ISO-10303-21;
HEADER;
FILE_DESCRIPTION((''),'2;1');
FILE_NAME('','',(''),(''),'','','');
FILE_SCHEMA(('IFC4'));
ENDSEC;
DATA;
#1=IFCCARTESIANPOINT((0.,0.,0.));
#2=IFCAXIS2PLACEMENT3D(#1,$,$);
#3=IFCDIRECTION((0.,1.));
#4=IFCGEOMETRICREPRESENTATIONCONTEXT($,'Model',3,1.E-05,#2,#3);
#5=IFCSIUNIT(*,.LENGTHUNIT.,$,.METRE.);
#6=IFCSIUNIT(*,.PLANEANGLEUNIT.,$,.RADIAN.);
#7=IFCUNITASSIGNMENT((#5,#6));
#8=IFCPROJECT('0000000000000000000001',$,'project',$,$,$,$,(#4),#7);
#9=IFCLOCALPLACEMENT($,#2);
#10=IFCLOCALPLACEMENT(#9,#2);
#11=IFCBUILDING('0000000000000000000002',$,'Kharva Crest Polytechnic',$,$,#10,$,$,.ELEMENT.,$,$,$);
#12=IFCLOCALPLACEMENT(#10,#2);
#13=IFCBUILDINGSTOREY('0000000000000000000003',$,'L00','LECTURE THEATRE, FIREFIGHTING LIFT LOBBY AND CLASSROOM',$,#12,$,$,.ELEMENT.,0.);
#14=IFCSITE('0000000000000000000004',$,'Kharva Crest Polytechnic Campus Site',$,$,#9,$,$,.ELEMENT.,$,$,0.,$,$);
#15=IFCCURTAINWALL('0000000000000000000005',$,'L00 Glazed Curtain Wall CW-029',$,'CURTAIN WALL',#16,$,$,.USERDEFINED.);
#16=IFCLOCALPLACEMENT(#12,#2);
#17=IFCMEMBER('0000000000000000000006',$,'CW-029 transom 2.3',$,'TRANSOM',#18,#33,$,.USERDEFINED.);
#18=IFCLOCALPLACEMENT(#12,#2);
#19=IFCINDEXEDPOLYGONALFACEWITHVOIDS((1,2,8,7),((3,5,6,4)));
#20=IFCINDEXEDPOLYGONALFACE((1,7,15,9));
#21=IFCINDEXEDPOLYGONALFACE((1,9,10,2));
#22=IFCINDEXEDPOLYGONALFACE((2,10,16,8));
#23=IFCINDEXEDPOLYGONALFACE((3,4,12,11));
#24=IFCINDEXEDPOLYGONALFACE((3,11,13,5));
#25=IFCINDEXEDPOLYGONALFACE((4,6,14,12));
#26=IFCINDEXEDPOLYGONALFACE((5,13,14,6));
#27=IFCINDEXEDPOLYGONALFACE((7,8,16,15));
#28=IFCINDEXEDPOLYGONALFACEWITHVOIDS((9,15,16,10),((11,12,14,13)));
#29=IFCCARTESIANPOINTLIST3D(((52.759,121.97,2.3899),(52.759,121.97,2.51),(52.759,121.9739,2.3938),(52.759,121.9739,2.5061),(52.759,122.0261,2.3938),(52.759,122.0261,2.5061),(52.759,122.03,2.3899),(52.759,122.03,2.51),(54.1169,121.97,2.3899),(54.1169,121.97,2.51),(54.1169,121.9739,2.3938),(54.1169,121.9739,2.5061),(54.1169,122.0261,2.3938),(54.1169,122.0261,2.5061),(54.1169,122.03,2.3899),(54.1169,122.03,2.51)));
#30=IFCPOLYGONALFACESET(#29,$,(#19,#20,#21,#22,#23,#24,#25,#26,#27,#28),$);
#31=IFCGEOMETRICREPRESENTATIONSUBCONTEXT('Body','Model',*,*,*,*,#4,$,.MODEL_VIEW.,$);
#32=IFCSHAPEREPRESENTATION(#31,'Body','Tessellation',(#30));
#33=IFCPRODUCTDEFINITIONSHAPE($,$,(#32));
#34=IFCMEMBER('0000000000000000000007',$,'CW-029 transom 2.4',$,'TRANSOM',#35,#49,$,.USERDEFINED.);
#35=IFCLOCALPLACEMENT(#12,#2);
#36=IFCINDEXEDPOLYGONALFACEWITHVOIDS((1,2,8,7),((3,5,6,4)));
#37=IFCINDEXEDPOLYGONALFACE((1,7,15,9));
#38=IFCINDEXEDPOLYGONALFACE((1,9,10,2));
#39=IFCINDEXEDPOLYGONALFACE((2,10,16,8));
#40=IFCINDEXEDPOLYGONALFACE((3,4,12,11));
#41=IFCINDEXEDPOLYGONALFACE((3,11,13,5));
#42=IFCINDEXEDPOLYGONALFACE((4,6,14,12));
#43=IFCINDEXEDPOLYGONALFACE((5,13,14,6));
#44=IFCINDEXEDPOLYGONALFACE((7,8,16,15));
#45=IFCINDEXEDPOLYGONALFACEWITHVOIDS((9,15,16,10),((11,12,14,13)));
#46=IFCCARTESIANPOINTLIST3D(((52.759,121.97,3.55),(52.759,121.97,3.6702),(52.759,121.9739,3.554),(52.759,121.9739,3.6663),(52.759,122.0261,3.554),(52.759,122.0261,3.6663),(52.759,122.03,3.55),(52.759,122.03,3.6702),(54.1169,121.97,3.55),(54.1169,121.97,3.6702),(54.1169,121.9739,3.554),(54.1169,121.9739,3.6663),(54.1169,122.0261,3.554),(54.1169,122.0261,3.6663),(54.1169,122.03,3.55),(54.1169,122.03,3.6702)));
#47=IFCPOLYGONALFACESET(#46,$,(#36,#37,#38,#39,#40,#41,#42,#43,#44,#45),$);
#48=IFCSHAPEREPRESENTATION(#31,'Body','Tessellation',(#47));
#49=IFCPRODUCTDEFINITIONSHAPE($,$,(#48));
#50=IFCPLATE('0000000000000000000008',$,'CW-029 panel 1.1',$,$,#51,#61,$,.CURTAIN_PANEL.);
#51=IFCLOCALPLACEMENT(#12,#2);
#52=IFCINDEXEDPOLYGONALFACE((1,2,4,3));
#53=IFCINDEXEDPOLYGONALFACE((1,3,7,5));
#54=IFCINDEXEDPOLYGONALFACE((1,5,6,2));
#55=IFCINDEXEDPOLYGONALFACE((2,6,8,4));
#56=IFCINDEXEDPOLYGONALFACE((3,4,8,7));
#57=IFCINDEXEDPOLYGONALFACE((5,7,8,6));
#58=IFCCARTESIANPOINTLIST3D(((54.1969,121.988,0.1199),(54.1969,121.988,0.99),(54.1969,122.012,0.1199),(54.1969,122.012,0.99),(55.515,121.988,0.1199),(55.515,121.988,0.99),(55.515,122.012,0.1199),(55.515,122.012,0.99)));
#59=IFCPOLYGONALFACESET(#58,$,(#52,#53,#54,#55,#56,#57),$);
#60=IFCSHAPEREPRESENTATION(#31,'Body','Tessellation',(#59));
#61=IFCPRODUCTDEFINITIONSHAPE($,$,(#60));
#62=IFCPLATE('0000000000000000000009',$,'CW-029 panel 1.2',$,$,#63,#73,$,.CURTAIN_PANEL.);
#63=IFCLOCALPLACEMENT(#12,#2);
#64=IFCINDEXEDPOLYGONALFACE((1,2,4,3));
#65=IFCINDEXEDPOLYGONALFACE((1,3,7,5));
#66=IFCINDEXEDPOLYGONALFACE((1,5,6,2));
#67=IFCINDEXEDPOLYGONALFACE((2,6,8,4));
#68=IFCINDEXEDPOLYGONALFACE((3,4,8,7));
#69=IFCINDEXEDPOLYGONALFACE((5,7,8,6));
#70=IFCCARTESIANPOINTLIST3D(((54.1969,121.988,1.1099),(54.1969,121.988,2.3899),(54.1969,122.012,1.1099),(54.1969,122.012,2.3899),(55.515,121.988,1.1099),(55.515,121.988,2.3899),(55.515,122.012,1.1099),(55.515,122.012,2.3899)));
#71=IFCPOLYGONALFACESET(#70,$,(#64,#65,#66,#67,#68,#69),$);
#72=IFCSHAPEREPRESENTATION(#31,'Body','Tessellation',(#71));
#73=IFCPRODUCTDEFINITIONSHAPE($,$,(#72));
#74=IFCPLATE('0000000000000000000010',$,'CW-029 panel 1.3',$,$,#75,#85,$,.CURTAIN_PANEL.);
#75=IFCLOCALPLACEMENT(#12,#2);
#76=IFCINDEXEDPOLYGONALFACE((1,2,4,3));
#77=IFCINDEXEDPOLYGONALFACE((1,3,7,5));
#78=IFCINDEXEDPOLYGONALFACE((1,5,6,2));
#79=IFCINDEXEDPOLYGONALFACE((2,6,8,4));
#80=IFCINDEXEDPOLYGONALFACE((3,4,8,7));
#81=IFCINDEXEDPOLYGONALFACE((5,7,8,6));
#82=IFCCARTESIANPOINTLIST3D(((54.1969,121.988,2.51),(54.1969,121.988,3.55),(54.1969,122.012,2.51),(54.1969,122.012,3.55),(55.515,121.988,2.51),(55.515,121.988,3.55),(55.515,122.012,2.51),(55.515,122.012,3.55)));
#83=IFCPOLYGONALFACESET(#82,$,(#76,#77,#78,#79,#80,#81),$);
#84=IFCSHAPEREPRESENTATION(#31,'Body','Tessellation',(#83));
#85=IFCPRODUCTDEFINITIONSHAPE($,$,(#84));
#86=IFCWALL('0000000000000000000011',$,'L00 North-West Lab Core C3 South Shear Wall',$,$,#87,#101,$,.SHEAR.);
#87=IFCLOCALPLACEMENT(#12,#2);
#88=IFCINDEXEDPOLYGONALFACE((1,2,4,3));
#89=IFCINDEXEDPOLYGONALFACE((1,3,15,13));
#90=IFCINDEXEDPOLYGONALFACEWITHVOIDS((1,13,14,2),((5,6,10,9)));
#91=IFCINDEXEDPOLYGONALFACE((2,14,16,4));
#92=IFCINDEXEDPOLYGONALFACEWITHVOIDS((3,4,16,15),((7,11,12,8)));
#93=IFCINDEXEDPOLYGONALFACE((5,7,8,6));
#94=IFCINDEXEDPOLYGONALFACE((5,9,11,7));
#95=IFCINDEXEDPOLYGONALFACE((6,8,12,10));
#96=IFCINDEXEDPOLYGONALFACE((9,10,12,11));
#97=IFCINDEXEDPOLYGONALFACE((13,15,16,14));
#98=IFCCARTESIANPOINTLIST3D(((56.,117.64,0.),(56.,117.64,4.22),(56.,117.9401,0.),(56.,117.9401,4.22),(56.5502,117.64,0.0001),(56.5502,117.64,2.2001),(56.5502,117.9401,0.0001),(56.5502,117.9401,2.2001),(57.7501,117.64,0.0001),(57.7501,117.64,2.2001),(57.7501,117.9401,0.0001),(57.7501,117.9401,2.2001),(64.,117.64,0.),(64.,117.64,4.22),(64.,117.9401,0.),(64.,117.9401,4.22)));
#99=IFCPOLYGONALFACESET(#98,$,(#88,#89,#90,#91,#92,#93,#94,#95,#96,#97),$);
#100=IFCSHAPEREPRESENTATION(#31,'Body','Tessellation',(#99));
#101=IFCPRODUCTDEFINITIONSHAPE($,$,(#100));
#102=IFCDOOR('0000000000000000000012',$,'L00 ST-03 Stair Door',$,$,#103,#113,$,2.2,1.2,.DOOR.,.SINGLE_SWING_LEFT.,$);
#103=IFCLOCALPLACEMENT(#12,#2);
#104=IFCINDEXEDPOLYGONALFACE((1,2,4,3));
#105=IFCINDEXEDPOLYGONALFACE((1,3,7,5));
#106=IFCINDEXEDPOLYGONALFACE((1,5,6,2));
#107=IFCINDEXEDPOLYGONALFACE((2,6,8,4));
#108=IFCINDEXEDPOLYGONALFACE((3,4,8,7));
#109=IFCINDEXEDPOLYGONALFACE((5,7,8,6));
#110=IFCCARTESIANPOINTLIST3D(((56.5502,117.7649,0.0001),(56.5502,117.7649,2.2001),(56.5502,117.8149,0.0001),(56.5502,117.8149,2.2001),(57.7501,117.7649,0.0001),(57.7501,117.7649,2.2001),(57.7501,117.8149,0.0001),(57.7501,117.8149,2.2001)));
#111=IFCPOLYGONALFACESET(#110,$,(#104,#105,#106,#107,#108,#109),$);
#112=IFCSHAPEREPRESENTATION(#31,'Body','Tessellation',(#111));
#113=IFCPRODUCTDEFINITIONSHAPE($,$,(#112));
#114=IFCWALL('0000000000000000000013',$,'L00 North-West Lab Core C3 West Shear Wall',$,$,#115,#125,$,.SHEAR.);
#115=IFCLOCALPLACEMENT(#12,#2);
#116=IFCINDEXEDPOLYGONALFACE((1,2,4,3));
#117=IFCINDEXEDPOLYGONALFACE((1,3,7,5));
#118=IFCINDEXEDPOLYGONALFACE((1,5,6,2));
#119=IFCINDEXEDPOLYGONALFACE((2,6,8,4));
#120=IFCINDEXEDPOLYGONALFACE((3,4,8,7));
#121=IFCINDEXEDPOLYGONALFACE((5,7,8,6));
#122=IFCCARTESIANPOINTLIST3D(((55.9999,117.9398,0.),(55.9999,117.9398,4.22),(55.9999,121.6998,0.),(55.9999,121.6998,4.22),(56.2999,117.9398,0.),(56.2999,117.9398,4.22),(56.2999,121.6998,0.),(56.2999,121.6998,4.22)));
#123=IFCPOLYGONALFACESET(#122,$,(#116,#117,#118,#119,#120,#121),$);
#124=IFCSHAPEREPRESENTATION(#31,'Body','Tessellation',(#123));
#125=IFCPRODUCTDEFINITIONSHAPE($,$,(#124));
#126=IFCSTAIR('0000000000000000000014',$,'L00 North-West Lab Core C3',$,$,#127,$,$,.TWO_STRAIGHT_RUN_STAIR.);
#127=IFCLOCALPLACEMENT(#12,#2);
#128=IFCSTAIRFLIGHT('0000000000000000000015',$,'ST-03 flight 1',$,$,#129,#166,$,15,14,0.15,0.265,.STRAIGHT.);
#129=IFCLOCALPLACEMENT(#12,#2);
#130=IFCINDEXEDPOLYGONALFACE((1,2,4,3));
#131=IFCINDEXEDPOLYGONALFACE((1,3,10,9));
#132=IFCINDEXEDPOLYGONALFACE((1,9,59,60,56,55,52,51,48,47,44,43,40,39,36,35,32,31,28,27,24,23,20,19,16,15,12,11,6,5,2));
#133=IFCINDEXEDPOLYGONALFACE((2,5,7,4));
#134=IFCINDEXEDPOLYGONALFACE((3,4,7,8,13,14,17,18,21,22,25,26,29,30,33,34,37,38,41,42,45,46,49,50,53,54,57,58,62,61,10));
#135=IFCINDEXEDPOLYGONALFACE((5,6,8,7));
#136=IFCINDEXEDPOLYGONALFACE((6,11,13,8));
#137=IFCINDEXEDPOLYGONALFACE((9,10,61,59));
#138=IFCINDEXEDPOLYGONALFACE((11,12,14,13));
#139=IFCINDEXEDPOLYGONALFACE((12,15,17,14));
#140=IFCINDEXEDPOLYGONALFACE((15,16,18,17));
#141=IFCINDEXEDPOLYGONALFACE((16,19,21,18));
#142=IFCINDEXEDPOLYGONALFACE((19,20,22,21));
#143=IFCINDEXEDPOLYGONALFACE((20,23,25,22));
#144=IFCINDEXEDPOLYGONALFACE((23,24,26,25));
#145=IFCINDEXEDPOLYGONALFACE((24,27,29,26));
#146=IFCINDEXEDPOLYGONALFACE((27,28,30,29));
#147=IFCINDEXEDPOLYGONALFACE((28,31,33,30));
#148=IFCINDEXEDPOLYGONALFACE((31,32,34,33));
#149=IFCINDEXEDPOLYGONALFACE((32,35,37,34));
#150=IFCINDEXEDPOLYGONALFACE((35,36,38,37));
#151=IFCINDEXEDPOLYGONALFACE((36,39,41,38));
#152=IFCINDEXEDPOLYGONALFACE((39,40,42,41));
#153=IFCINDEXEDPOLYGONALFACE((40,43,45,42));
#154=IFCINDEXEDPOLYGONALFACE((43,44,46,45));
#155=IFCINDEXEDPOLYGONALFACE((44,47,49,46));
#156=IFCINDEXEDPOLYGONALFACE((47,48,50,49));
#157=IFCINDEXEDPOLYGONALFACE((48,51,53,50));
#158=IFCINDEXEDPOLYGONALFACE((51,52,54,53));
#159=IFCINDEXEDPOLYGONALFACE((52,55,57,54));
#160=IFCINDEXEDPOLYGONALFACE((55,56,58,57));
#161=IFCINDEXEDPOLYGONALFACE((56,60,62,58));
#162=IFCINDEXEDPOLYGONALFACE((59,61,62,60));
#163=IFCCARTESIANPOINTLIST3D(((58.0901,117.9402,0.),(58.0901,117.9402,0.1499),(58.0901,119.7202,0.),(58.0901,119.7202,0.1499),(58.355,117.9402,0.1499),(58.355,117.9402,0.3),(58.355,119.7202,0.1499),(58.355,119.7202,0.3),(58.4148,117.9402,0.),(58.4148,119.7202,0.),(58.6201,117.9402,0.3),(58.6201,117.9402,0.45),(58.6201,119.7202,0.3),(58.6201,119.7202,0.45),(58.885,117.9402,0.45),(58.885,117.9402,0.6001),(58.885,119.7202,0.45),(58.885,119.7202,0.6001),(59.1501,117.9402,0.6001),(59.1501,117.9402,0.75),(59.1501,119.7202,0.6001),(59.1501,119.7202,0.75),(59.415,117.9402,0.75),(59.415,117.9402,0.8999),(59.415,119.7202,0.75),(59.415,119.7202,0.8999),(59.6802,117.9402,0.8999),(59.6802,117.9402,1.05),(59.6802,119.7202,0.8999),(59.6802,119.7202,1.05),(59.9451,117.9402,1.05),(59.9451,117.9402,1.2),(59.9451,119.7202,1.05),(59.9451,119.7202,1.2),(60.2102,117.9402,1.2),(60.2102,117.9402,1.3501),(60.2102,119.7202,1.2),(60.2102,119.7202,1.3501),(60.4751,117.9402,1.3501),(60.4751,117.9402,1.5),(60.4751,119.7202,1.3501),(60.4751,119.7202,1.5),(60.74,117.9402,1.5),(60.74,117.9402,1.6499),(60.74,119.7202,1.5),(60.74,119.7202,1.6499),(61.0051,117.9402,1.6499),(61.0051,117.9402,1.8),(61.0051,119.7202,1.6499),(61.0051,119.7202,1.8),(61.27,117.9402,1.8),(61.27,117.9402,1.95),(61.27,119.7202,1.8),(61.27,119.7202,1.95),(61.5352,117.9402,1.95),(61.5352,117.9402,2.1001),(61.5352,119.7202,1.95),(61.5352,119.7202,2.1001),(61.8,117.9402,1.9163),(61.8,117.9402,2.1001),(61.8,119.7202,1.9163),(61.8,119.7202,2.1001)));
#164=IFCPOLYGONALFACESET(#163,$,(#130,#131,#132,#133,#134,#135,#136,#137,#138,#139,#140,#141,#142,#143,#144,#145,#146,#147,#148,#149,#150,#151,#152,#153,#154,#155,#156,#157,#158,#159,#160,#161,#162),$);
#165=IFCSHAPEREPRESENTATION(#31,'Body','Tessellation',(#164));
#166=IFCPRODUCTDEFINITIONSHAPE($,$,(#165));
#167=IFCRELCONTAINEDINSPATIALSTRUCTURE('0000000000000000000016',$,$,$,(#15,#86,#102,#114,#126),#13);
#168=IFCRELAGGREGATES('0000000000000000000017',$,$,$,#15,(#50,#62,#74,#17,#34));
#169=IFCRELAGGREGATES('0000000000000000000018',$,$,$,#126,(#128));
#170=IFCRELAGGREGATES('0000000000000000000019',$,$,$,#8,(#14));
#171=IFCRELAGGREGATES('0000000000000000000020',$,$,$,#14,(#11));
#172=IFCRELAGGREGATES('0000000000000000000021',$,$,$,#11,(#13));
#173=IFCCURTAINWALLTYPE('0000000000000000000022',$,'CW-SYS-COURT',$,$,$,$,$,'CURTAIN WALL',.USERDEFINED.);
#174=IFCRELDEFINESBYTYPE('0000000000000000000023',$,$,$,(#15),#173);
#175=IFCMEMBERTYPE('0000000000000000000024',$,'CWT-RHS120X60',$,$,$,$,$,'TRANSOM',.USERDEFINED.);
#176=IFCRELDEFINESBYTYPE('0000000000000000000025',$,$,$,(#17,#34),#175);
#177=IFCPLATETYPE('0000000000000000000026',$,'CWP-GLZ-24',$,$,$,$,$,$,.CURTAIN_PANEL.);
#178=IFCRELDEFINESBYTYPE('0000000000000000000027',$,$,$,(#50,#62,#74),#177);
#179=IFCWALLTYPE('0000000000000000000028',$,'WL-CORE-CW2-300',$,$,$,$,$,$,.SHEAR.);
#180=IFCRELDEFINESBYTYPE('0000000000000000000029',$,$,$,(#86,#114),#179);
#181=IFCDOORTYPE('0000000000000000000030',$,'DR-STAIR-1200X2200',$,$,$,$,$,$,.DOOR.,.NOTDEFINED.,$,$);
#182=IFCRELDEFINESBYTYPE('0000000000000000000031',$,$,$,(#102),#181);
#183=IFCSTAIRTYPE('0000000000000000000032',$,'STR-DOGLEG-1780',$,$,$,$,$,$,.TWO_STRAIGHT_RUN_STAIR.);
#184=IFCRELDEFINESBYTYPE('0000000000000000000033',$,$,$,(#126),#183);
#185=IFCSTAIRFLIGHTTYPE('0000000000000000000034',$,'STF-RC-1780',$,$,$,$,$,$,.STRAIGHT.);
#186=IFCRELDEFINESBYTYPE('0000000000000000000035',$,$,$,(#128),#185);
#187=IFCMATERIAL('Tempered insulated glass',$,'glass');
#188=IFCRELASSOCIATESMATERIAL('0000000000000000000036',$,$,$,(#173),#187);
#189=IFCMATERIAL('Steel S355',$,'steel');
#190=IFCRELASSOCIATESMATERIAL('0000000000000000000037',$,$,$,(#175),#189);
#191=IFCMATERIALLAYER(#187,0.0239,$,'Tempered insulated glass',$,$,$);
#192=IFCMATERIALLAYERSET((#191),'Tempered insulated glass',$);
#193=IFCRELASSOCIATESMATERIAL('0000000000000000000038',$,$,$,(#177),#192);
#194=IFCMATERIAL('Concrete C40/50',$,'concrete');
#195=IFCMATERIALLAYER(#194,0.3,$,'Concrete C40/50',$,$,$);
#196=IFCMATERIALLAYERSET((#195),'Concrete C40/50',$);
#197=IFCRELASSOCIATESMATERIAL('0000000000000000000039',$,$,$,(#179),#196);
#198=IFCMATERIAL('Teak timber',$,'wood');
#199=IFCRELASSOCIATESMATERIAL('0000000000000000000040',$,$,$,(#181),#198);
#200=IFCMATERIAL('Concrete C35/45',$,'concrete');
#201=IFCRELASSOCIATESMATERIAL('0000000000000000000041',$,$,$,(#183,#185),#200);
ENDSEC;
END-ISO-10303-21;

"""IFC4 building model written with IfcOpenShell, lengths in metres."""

from ifc_helpers import new_model, si_unit, direction, frame, frame_2d, origin, origin_2d, place, context, subcontext, project, spatial, polyline, rectangle, hollow_rectangle, outline, extrude, material, layer, layer_set, material_profile, profile_set, type_object, element, fill, aggregate, save


model = new_model("IFC4")

# Units and contexts
model_context = context("Model", 3, precision=1e-05, world=origin(), true_north=direction((0.0, 1.0)))
body_context = subcontext(model_context, "Body", "Model", "MODEL_VIEW")
ifc_project = project(units=[si_unit("LENGTHUNIT", "METRE"), si_unit("PLANEANGLEUNIT", "RADIAN")], contexts=[model_context])

# Site, building, storey
site_placement = place(None, origin())
site = spatial("IfcSite", under=ifc_project, at=site_placement, Name="Kharva Crest Polytechnic Campus Site", CompositionType="ELEMENT", RefElevation=0.0)
building_placement = place(site_placement, origin())
building = spatial("IfcBuilding", under=site, at=building_placement, Name="Kharva Crest Polytechnic", CompositionType="ELEMENT")
storey_placement = place(building_placement, origin())
storey = spatial("IfcBuildingStorey", under=building, at=storey_placement, Name="L00", Description="LECTURE THEATRE, FIREFIGHTING LIFT LOBBY AND CLASSROOM", CompositionType="ELEMENT", Elevation=0.0)

# Shared definitions
ifc_material_1 = material(Name="Concrete C35/45", Category="concrete")

# Shared definitions
ifc_material_2 = material(Name="Concrete C40/50", Category="concrete")
ifc_material_3 = material(Name="Steel S355", Category="steel")

# Curtain wall, members, plates
ifc_material_4 = material(Name="Tempered insulated glass", Category="glass")
curtain_wall_type = type_object("IfcCurtainWallType", Name="CW-SYS-COURT", ElementType="CURTAIN WALL", PredefinedType="USERDEFINED", material=ifc_material_4)
curtain_wall_placement = place(storey_placement, origin())
curtain_wall = element("IfcCurtainWall", 1, at=curtain_wall_placement, inside=storey, type_object=curtain_wall_type, Name="L00 Glazed Curtain Wall CW-029", ObjectType="CURTAIN WALL", PredefinedType="USERDEFINED")
ifc_material_profile_1 = material_profile(ifc_material_3, hollow_rectangle(XDim=0.0601, YDim=0.1201, WallThickness=0.0039, at=origin_2d()), Name="RHS 120X60X4.0")
ifc_profile_set_1 = profile_set([ifc_material_profile_1], Name="Steel S355")
member_type_1 = type_object("IfcMemberType", Name="CWT-RHS120X60", ElementType="TRANSOM", PredefinedType="USERDEFINED", material=ifc_profile_set_1)
member_1_placement = place(storey_placement, frame((54.1169, 122.0, 2.45), z_axis=(-1.0, 0.0, 0.0), x_axis=(0.0, -1.0, 0.0)))
member_1 = element("IfcMember", 2, at=member_1_placement, type_object=member_type_1, Name="CW-029 transom 2.3", ObjectType="TRANSOM", PredefinedType="USERDEFINED", context=body_context, shape_type="SweptSolid", body=[
    extrude(hollow_rectangle(XDim=0.0601, YDim=0.1201, WallThickness=0.0039, at=origin_2d()), origin(), (0.0, 0.0, 1.0), 1.3579),
])
member_2_placement = place(storey_placement, frame((54.1169, 122.0, 3.6101), z_axis=(-1.0, 0.0, 0.0), x_axis=(0.0, -1.0, 0.0)))
member_2 = element("IfcMember", 3, at=member_2_placement, type_object=member_type_1, Name="CW-029 transom 2.4", ObjectType="TRANSOM", PredefinedType="USERDEFINED", context=body_context, shape_type="SweptSolid", body=[
    extrude(hollow_rectangle(XDim=0.0601, YDim=0.1201, WallThickness=0.0039, at=origin_2d()), origin(), (0.0, 0.0, 1.0), 1.3579),
])
ifc_layer_1 = layer(ifc_material_4, 0.0239, Name="Tempered insulated glass")
ifc_layer_set_1 = layer_set([ifc_layer_1], Name="Tempered insulated glass")
plate_type = type_object("IfcPlateType", Name="CWP-GLZ-24", PredefinedType="CURTAIN_PANEL", material=ifc_layer_set_1)
plate_1_placement = place(storey_placement, frame((54.856, 122.0, 0.1199), z_axis=(0.0, 0.0, 1.0), x_axis=(-1.0, 0.0, 0.0)))
plate_1 = element("IfcPlate", 4, at=plate_1_placement, type_object=plate_type, Name="CW-029 panel 1.1", PredefinedType="CURTAIN_PANEL", context=body_context, shape_type="SweptSolid", body=[
    extrude(rectangle(XDim=1.3181, YDim=0.0239, at=origin_2d()), origin(), (0.0, 0.0, 1.0), 0.8701),
])
plate_2_placement = place(storey_placement, frame((54.856, 122.0, 1.1099), z_axis=(0.0, 0.0, 1.0), x_axis=(-1.0, 0.0, 0.0)))
plate_2 = element("IfcPlate", 5, at=plate_2_placement, type_object=plate_type, Name="CW-029 panel 1.2", PredefinedType="CURTAIN_PANEL", context=body_context, shape_type="SweptSolid", body=[
    extrude(rectangle(XDim=1.3181, YDim=0.0239, at=origin_2d()), origin(), (0.0, 0.0, 1.0), 1.28),
])
plate_3_placement = place(storey_placement, frame((54.856, 122.0, 2.51), z_axis=(0.0, 0.0, 1.0), x_axis=(-1.0, 0.0, 0.0)))
plate_3 = element("IfcPlate", 6, at=plate_3_placement, type_object=plate_type, Name="CW-029 panel 1.3", PredefinedType="CURTAIN_PANEL", context=body_context, shape_type="SweptSolid", body=[
    extrude(rectangle(XDim=1.3181, YDim=0.0239, at=origin_2d()), origin(), (0.0, 0.0, 1.0), 1.04),
])
aggregate(curtain_wall, [plate_1, plate_2, plate_3, member_1, member_2])

# Wall, opening, door
ifc_layer_2 = layer(ifc_material_2, 0.3, Name="Concrete C40/50")
ifc_layer_set_2 = layer_set([ifc_layer_2], Name="Concrete C40/50")
wall_type = type_object("IfcWallType", Name="WL-CORE-CW2-300", PredefinedType="SHEAR", material=ifc_layer_set_2)
wall_1_placement = place(storey_placement, frame((56.0, 117.79, 0.0), z_axis=(0.0, 0.0, 1.0), x_axis=(1.0, 0.0, 0.0)))
wall_1 = element("IfcWall", 7, at=wall_1_placement, inside=storey, type_object=wall_type, Name="L00 North-West Lab Core C3 South Shear Wall", PredefinedType="SHEAR", context=body_context, shape_type="SweptSolid", body=[
    extrude(rectangle(XDim=8.0, YDim=0.3, at=frame_2d((4.0, 0.0))), origin(), (0.0, 0.0, 1.0), 4.22),
])
opening_placement = place(wall_1_placement, frame((0.55, 0.0, 0.0)))
opening = element("IfcOpeningElement", 8, at=opening_placement, cuts=wall_1, PredefinedType="OPENING", context=body_context, shape_type="SweptSolid", body=[
    extrude(rectangle(XDim=1.2, YDim=2.2, at=frame_2d((0.6001, 1.1001))), frame((0.0, 0.1599, 0.0), z_axis=(0.0, -1.0, 0.0), x_axis=(1.0, 0.0, 0.0)), (0.0, 0.0, 1.0), 0.3201),
])
ifc_material_5 = material(Name="Teak timber", Category="wood")
door_type = type_object("IfcDoorType", Name="DR-STAIR-1200X2200", OperationType="NOTDEFINED", PredefinedType="DOOR", material=ifc_material_5)
door_placement = place(opening_placement, origin())
door = element("IfcDoor", 9, at=door_placement, inside=storey, type_object=door_type, Name="L00 ST-03 Stair Door", OperationType="SINGLE_SWING_LEFT", OverallHeight=2.2, OverallWidth=1.2, PredefinedType="DOOR", context=body_context, shape_type="SweptSolid", body=[
    extrude(rectangle(XDim=1.2, YDim=2.2, at=frame_2d((0.6001, 1.1001))), frame((0.0, 0.0249, 0.0), z_axis=(0.0, -1.0, 0.0), x_axis=(1.0, 0.0, 0.0)), (0.0, 0.0, 1.0), 0.05),
])
fill(opening, door)

# Wall
wall_2_placement = place(storey_placement, frame((56.1499, 117.9399, 0.0), z_axis=(0.0, 0.0, 1.0), x_axis=(0.0, 1.0, 0.0)))
element("IfcWall", 10, at=wall_2_placement, inside=storey, type_object=wall_type, Name="L00 North-West Lab Core C3 West Shear Wall", PredefinedType="SHEAR", context=body_context, shape_type="SweptSolid", body=[
    extrude(rectangle(XDim=3.76, YDim=0.3, at=frame_2d((1.8799, 0.0))), origin(), (0.0, 0.0, 1.0), 4.22),
])

# Stair, stair flight
stair_type = type_object("IfcStairType", Name="STR-DOGLEG-1780", PredefinedType="TWO_STRAIGHT_RUN_STAIR", material=ifc_material_1)
stair_placement = place(storey_placement, origin())
stair = element("IfcStair", 11, at=stair_placement, inside=storey, type_object=stair_type, Name="L00 North-West Lab Core C3", PredefinedType="TWO_STRAIGHT_RUN_STAIR")
stair_flight_type = type_object("IfcStairFlightType", Name="STF-RC-1780", PredefinedType="STRAIGHT", material=ifc_material_1)
stair_flight_1_placement = place(storey_placement, frame((58.0901, 118.8301, 0.0), z_axis=(0.0, 0.0, 1.0), x_axis=(1.0, 0.0, 0.0)))
stair_flight_1 = element("IfcStairFlight", 12, at=stair_flight_1_placement, type_object=stair_flight_type, Name="ST-03 flight 1", NumberOfRisers=15, NumberOfTreads=14, PredefinedType="STRAIGHT", RiserHeight=0.15, TreadLength=0.265, context=body_context, shape_type="SweptSolid", body=[
    extrude(outline(polyline([(0.0, 0.0), (0.0, 0.1499), (0.2649, 0.1499), (0.2649, 0.3), (0.53, 0.3), (0.53, 0.45), (0.7949, 0.45), (0.7949, 0.6001), (1.0601, 0.6001), (1.0601, 0.75), (1.325, 0.75), (1.325, 0.8999), (1.5901, 0.8999), (1.5901, 1.05), (1.855, 1.05), (1.855, 1.2), (2.1201, 1.2), (2.1201, 1.3501), (2.385, 1.3501), (2.385, 1.5), (2.6499, 1.5), (2.6499, 1.6499), (2.915, 1.6499), (2.915, 1.8), (3.1799, 1.8), (3.1799, 1.95), (3.4451, 1.95), (3.4451, 2.1001), (3.71, 2.1001), (3.71, 2.25), (3.71, 1.9163), (0.3247, 0.0), (0.0, 0.0)])), frame((0.0, 0.8901, 0.0), z_axis=(0.0, -1.0, 0.0), x_axis=(1.0, 0.0, 0.0)), (0.0, 0.0, 1.0), 1.78),
])
aggregate(stair, [stair_flight_1])

save(model, "model.ifc")
